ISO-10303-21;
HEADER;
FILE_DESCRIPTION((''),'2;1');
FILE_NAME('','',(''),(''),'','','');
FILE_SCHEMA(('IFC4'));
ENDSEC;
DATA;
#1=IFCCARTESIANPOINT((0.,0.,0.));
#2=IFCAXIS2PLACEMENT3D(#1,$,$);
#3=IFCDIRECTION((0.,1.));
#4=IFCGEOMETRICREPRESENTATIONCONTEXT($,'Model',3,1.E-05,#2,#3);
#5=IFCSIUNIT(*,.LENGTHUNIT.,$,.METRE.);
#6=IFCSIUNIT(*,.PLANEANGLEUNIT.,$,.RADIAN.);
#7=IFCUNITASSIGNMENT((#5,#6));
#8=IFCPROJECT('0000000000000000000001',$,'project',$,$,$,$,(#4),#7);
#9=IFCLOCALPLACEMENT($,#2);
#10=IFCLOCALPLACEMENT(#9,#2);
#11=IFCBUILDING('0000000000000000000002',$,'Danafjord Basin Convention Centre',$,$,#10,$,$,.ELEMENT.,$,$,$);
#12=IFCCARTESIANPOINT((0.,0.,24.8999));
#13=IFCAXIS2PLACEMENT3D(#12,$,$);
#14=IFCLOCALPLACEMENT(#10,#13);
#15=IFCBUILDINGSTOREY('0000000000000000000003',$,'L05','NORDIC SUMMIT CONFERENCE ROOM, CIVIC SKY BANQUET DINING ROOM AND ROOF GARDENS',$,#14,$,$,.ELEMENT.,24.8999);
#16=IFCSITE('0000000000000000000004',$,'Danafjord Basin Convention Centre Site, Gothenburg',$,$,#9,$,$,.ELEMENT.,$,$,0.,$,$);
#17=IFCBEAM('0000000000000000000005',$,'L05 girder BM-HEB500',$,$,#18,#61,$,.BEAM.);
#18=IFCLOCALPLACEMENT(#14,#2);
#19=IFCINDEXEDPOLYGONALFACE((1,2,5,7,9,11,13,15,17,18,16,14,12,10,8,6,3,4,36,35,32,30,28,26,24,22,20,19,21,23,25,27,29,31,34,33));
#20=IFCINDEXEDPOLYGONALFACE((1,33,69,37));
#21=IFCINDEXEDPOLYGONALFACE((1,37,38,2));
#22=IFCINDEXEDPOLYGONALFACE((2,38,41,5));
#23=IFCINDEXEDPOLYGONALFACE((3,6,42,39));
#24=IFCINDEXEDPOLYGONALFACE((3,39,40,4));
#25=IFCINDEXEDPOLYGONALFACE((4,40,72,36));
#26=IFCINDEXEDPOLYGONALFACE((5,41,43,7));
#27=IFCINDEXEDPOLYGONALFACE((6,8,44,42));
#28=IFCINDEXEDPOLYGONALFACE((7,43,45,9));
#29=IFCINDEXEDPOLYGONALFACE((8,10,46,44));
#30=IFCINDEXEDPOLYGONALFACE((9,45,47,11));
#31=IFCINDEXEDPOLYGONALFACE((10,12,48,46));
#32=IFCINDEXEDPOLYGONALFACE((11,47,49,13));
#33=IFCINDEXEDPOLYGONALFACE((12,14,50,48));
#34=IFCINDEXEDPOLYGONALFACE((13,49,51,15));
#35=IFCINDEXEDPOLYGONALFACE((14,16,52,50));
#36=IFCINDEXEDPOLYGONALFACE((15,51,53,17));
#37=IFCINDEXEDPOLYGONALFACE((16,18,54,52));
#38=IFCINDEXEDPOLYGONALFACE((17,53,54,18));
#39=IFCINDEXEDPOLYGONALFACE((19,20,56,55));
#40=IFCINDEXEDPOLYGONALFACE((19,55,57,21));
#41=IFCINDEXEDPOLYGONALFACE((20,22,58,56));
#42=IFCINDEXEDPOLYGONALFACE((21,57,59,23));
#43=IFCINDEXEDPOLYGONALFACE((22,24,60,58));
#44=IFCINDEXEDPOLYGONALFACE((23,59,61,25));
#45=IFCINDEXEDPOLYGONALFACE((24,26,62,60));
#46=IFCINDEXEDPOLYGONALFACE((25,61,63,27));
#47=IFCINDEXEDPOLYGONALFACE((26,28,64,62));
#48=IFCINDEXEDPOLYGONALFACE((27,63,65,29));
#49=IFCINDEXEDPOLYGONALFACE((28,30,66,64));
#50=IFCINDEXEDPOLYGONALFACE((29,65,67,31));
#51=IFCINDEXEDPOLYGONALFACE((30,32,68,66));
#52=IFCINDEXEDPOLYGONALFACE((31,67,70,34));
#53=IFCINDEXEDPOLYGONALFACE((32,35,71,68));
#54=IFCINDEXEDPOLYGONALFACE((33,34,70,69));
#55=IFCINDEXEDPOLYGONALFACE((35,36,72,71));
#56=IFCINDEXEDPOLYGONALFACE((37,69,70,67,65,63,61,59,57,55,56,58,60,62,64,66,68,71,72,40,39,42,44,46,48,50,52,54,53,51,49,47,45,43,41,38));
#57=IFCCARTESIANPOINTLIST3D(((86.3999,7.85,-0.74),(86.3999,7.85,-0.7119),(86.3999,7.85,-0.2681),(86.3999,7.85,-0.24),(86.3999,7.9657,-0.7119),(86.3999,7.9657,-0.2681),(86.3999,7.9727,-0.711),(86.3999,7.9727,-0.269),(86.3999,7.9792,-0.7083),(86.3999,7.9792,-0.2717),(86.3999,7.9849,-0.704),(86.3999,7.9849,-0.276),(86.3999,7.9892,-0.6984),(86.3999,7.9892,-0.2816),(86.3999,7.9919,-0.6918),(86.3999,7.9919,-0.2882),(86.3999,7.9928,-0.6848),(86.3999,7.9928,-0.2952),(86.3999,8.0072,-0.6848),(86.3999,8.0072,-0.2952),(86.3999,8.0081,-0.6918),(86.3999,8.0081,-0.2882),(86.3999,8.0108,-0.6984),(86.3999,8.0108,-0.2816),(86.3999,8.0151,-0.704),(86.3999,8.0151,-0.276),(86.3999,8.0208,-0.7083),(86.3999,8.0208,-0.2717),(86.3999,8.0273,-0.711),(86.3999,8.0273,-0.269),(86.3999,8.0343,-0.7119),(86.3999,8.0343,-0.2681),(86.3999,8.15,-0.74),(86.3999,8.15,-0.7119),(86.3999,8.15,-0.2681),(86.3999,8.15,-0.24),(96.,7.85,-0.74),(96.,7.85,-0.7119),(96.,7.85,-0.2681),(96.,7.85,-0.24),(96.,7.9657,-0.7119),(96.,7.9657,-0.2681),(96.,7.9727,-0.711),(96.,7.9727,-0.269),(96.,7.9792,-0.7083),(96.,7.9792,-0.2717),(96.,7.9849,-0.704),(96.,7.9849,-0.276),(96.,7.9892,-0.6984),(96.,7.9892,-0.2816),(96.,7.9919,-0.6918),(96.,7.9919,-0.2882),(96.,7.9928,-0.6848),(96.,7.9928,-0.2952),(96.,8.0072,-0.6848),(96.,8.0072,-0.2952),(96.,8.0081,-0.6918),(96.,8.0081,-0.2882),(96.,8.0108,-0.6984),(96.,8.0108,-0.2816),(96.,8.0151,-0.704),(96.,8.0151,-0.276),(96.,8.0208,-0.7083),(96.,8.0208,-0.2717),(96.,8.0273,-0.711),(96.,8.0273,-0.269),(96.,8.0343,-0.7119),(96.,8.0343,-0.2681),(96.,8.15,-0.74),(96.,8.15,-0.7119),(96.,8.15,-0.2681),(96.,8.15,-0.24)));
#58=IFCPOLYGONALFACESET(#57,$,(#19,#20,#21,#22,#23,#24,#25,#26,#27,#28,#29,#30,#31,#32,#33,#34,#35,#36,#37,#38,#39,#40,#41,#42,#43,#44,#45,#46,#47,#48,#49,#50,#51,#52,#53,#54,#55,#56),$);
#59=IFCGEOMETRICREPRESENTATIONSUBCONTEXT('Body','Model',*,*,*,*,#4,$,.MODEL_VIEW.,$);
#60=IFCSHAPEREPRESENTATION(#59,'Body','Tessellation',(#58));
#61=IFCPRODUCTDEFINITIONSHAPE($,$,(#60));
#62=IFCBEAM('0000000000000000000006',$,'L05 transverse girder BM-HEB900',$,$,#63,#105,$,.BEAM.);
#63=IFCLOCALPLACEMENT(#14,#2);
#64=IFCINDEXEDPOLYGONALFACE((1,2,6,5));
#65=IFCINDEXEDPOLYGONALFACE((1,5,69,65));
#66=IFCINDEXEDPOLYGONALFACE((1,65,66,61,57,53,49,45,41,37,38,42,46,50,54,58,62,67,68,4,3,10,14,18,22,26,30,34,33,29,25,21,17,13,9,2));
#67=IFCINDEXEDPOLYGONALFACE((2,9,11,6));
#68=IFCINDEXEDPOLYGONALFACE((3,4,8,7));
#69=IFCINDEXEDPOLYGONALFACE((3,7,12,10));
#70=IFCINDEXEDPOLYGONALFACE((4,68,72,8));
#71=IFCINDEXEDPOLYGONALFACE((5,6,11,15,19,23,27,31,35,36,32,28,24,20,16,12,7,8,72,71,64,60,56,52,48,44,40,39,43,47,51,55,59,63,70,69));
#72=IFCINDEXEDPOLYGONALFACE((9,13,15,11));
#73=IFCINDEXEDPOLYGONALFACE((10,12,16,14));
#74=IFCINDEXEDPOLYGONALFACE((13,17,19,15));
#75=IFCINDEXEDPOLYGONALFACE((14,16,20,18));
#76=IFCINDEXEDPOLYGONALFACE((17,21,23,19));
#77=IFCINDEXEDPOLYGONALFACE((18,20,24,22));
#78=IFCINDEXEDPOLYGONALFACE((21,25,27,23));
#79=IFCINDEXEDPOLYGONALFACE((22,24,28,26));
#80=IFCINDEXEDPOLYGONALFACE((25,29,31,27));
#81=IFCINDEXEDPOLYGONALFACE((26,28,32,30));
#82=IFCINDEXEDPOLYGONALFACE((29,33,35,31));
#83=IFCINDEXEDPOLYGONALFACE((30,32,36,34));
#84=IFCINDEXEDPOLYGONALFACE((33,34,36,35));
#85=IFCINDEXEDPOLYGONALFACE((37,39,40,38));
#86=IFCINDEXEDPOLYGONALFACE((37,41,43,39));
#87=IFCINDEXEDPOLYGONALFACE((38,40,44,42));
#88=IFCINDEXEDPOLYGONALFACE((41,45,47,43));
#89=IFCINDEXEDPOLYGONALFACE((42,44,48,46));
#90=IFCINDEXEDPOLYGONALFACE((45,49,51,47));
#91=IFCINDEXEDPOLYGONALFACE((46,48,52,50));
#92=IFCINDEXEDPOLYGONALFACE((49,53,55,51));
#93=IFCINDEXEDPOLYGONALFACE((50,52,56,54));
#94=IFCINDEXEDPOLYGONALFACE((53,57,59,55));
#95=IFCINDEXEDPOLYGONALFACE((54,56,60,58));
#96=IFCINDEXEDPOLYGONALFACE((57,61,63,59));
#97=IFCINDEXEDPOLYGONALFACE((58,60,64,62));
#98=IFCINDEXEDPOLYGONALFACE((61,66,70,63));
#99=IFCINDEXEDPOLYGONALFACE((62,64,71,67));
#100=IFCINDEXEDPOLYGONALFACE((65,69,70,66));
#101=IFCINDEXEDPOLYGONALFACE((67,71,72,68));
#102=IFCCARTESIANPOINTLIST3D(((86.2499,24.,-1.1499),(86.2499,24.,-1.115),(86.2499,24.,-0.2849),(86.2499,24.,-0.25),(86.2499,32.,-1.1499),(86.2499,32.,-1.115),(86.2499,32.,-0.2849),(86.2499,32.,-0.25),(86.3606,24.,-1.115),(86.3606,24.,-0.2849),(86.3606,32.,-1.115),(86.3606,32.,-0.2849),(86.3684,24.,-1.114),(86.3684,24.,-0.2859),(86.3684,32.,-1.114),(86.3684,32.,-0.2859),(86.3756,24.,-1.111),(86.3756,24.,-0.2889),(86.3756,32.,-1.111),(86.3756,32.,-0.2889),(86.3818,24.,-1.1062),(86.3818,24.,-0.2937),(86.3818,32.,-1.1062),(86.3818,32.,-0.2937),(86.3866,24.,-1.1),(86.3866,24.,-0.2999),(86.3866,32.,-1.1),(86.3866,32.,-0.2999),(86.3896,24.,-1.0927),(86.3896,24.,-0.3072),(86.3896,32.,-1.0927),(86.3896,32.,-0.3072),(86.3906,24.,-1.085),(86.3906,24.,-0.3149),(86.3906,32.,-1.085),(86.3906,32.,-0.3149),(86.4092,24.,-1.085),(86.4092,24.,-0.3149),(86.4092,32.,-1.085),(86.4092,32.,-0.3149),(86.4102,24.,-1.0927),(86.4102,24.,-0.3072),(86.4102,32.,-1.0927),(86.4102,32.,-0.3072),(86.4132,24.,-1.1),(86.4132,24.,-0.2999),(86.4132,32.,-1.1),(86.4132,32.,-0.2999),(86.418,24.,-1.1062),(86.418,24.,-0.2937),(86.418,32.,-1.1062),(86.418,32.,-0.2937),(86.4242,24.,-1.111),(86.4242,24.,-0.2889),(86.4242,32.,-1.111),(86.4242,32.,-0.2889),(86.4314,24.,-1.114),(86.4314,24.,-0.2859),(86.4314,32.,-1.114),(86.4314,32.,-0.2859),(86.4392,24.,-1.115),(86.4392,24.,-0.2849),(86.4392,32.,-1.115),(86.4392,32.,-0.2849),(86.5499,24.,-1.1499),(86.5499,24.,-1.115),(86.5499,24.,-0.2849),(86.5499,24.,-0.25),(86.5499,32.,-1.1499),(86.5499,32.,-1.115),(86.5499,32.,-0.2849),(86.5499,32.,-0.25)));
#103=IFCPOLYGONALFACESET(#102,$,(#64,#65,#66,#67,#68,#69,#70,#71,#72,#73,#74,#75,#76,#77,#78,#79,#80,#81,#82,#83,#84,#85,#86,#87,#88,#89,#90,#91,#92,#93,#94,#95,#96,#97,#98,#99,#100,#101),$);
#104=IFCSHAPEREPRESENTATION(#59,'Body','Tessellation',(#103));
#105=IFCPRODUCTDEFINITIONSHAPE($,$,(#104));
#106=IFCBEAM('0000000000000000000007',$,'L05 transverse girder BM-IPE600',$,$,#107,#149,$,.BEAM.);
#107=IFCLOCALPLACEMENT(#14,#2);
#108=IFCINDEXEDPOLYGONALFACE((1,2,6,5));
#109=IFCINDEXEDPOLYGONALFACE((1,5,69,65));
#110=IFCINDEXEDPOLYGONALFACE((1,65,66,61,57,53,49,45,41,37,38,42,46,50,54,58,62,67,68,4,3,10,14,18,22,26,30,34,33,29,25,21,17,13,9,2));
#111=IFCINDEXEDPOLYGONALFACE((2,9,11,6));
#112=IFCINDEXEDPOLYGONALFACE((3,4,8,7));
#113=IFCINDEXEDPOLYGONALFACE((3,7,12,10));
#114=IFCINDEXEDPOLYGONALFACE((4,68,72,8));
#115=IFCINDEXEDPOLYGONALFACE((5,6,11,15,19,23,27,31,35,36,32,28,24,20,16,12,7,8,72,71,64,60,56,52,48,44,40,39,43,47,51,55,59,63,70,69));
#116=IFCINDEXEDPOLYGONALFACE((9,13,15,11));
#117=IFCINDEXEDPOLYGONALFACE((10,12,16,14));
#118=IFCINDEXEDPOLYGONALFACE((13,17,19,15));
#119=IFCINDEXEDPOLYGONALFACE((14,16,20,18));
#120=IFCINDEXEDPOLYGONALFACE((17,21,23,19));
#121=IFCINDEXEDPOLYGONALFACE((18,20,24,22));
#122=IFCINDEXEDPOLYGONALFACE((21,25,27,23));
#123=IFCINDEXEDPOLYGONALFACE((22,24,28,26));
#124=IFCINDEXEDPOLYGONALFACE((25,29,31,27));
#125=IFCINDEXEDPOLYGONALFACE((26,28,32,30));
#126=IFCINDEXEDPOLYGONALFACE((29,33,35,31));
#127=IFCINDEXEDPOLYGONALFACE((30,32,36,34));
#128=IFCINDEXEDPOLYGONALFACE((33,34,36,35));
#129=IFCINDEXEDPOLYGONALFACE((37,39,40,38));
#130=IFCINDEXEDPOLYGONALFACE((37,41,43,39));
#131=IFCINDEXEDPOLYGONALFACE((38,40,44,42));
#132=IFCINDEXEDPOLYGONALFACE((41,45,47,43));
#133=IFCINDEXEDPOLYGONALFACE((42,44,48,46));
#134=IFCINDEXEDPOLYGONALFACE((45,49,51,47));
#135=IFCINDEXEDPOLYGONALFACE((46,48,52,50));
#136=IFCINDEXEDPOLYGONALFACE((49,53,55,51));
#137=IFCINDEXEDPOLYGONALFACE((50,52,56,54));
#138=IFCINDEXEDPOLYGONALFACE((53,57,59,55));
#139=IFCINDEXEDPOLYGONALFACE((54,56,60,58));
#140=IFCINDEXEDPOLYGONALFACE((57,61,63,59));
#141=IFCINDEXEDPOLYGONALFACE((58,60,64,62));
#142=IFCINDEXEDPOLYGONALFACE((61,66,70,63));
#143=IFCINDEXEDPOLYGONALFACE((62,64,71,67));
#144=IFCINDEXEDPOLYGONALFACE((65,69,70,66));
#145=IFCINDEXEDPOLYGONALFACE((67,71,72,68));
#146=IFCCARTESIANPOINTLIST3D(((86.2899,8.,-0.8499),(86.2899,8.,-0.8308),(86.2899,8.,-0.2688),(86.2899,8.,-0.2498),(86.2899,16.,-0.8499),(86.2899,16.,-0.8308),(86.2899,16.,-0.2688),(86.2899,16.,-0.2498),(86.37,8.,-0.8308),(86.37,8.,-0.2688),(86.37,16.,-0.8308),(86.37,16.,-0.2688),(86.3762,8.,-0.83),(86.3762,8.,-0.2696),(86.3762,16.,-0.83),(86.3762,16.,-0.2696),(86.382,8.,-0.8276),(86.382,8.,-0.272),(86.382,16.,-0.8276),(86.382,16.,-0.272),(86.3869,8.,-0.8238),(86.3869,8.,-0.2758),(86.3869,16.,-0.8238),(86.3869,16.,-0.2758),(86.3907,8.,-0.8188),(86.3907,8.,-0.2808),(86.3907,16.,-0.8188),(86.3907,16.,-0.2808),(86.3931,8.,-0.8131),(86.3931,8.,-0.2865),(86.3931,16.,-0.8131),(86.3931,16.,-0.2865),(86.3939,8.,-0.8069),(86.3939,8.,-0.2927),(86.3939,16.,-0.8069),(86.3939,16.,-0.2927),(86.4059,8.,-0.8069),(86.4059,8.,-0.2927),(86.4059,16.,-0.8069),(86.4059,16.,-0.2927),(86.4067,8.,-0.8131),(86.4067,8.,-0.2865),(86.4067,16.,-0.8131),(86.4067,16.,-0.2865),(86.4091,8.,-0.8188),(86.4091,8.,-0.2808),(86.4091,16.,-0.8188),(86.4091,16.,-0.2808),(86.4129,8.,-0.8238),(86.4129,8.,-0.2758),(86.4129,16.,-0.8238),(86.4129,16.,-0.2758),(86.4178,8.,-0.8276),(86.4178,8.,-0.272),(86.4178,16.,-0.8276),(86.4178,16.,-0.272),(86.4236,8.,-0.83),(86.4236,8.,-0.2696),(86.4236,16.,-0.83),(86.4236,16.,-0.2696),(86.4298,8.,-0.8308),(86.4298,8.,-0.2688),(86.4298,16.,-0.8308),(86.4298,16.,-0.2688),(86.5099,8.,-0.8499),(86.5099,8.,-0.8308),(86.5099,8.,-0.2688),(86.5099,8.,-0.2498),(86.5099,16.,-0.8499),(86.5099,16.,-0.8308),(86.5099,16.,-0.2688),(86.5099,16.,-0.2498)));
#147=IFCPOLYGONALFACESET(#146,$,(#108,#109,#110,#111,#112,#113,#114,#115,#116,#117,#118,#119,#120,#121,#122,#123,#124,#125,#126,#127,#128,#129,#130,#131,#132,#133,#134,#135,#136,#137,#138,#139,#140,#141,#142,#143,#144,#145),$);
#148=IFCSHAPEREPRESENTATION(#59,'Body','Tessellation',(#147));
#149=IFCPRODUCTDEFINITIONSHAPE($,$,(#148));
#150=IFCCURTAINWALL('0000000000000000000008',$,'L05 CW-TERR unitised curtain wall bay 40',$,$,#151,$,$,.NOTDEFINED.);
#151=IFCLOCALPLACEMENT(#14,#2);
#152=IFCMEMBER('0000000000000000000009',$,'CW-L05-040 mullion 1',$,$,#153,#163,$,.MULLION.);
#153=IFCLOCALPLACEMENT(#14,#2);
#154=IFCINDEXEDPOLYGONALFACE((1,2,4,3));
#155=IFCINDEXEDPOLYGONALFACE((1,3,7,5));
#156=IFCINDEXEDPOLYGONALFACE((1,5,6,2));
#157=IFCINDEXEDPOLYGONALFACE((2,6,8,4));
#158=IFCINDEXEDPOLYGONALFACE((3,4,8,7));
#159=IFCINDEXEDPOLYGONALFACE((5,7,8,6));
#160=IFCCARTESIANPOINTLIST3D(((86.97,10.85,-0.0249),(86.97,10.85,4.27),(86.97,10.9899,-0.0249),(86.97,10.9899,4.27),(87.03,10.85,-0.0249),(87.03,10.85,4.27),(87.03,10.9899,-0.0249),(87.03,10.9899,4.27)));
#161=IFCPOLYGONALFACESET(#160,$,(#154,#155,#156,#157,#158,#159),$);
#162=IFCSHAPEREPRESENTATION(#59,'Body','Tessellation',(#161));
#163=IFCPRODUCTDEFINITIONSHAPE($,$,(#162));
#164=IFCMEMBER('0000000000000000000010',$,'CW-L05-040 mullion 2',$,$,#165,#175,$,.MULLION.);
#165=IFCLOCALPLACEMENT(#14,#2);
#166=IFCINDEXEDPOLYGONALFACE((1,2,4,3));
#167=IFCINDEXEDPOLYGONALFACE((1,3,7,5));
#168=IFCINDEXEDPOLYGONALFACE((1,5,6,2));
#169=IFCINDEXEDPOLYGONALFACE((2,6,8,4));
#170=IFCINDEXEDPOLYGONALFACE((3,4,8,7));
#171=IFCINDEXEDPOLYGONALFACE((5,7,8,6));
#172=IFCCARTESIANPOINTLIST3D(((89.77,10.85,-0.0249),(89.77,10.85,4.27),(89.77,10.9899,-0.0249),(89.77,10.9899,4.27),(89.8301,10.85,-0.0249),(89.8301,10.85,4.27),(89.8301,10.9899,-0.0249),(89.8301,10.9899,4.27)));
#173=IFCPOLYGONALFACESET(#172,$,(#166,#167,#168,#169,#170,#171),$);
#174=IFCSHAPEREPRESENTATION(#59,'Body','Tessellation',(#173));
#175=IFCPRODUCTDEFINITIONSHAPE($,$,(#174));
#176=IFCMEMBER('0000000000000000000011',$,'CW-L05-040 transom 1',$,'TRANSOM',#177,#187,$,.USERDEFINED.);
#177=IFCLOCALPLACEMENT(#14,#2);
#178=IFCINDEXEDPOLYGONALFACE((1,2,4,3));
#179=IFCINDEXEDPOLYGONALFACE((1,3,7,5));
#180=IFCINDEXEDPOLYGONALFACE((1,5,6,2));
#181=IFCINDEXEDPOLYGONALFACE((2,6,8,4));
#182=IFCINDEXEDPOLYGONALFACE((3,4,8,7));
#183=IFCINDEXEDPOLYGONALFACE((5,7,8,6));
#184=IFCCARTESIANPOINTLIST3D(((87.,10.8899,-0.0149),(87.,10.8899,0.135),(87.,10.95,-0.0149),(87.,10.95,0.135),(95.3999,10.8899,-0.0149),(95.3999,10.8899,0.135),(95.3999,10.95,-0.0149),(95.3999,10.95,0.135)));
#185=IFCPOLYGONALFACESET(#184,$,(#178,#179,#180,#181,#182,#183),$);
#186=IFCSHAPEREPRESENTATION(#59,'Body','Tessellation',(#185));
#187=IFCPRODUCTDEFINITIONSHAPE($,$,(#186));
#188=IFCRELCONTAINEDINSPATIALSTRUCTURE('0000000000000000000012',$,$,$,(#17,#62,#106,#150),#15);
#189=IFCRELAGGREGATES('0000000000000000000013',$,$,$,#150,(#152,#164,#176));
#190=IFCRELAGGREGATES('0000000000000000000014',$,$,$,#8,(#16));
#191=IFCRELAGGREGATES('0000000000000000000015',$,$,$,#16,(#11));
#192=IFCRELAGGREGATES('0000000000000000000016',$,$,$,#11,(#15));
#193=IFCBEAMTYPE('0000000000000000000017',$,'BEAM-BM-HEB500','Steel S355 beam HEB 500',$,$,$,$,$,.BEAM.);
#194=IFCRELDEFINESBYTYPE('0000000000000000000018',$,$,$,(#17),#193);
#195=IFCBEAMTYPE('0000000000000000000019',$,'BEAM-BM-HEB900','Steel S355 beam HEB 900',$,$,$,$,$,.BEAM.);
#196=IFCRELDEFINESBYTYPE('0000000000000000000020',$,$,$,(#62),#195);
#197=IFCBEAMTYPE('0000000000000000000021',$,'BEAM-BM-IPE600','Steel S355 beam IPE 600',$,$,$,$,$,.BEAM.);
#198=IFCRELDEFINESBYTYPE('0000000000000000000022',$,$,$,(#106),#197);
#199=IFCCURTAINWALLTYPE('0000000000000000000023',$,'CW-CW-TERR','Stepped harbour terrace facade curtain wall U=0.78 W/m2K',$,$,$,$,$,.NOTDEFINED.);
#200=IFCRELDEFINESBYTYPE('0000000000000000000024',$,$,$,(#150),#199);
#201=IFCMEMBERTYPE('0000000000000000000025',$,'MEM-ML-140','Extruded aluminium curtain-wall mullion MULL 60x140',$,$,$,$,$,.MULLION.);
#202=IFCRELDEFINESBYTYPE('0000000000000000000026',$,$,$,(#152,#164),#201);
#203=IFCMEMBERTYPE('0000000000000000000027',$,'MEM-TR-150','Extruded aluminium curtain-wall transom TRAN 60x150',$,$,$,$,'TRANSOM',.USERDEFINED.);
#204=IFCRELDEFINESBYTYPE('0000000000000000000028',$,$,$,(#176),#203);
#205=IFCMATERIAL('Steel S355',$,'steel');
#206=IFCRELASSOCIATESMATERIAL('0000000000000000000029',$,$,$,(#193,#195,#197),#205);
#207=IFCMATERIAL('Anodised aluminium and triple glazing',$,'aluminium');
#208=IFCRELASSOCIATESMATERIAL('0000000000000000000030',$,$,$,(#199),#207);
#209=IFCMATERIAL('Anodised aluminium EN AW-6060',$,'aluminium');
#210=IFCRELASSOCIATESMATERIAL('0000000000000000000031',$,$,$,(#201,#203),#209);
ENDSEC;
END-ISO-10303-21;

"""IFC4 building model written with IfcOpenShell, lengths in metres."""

from ifc_helpers import new_model, si_unit, direction, frame, origin, origin_2d, place, context, subcontext, project, spatial, rectangle, i_section, extrude, material, material_profile, profile_set, type_object, element, aggregate, save


model = new_model("IFC4")

# Units and contexts
model_context = context("Model", 3, precision=1e-05, world=origin(), true_north=direction((0.0, 1.0)))
body_context = subcontext(model_context, "Body", "Model", "MODEL_VIEW")
ifc_project = project(units=[si_unit("LENGTHUNIT", "METRE"), si_unit("PLANEANGLEUNIT", "RADIAN")], contexts=[model_context])

# Site, building, storey
site_placement = place(None, origin())
site = spatial("IfcSite", under=ifc_project, at=site_placement, Name="Danafjord Basin Convention Centre Site, Gothenburg", CompositionType="ELEMENT", RefElevation=0.0)
building_placement = place(site_placement, origin())
building = spatial("IfcBuilding", under=site, at=building_placement, Name="Danafjord Basin Convention Centre", CompositionType="ELEMENT")
storey_placement = place(building_placement, frame((0.0, 0.0, 24.8999)))
storey = spatial("IfcBuildingStorey", under=building, at=storey_placement, Name="L05", Description="NORDIC SUMMIT CONFERENCE ROOM, CIVIC SKY BANQUET DINING ROOM AND ROOF GARDENS", CompositionType="ELEMENT", Elevation=24.8999)

# Shared definitions
ifc_material_1 = material(Name="Steel S355", Category="steel")

# Beams
ifc_material_profile_1 = material_profile(ifc_material_1, i_section(OverallWidth=0.3, OverallDepth=0.5, WebThickness=0.0144, FlangeThickness=0.0281, FilletRadius=0.0271, at=origin_2d()), Name="HEB 500")
ifc_profile_set_1 = profile_set([ifc_material_profile_1], Name="Steel S355")
beam_type_1 = type_object("IfcBeamType", Name="BEAM-BM-HEB500", Description="Steel S355 beam HEB 500", PredefinedType="BEAM", material=ifc_profile_set_1)
beam_1_placement = place(storey_placement, frame((86.3999, 8.0, -0.49), z_axis=(1.0, 0.0, 0.0), x_axis=(0.0, 1.0, 0.0)))
element("IfcBeam", 1, at=beam_1_placement, inside=storey, type_object=beam_type_1, Name="L05 girder BM-HEB500", PredefinedType="BEAM", context=body_context, shape_type="SweptSolid", body=[
    extrude(i_section(OverallWidth=0.3, OverallDepth=0.5, WebThickness=0.0144, FlangeThickness=0.0281, FilletRadius=0.0271, at=origin_2d()), origin(), (0.0, 0.0, 1.0), 9.6001),
])
ifc_material_profile_2 = material_profile(ifc_material_1, i_section(OverallWidth=0.3, OverallDepth=0.8999, WebThickness=0.0186, FlangeThickness=0.0349, FilletRadius=0.03, at=origin_2d()), Name="HEB 900")
ifc_profile_set_2 = profile_set([ifc_material_profile_2], Name="Steel S355")
beam_type_2 = type_object("IfcBeamType", Name="BEAM-BM-HEB900", Description="Steel S355 beam HEB 900", PredefinedType="BEAM", material=ifc_profile_set_2)
beam_2_placement = place(storey_placement, frame((86.3999, 24.0, -0.7), z_axis=(0.0, 1.0, 0.0), x_axis=(-1.0, 0.0, 0.0)))
element("IfcBeam", 2, at=beam_2_placement, inside=storey, type_object=beam_type_2, Name="L05 transverse girder BM-HEB900", PredefinedType="BEAM", context=body_context, shape_type="SweptSolid", body=[
    extrude(i_section(OverallWidth=0.3, OverallDepth=0.8999, WebThickness=0.0186, FlangeThickness=0.0349, FilletRadius=0.03, at=origin_2d()), origin(), (0.0, 0.0, 1.0), 8.0),
])
ifc_material_profile_3 = material_profile(ifc_material_1, i_section(OverallWidth=0.22, OverallDepth=0.6001, WebThickness=0.012, FlangeThickness=0.019, FilletRadius=0.0239, at=origin_2d()), Name="IPE 600")
ifc_profile_set_3 = profile_set([ifc_material_profile_3], Name="Steel S355")
beam_type_3 = type_object("IfcBeamType", Name="BEAM-BM-IPE600", Description="Steel S355 beam IPE 600", PredefinedType="BEAM", material=ifc_profile_set_3)
beam_3_placement = place(storey_placement, frame((86.3999, 8.0, -0.5498), z_axis=(0.0, 1.0, 0.0), x_axis=(-1.0, 0.0, 0.0)))
element("IfcBeam", 3, at=beam_3_placement, inside=storey, type_object=beam_type_3, Name="L05 transverse girder BM-IPE600", PredefinedType="BEAM", context=body_context, shape_type="SweptSolid", body=[
    extrude(i_section(OverallWidth=0.22, OverallDepth=0.6001, WebThickness=0.012, FlangeThickness=0.019, FilletRadius=0.0239, at=origin_2d()), origin(), (0.0, 0.0, 1.0), 8.0),
])

# Curtain wall, members
ifc_material_2 = material(Name="Anodised aluminium and triple glazing", Category="aluminium")
curtain_wall_type = type_object("IfcCurtainWallType", Name="CW-CW-TERR", Description="Stepped harbour terrace facade curtain wall U=0.78 W/m2K", PredefinedType="NOTDEFINED", material=ifc_material_2)
curtain_wall_placement = place(storey_placement, origin())
curtain_wall = element("IfcCurtainWall", 4, at=curtain_wall_placement, inside=storey, type_object=curtain_wall_type, Name="L05 CW-TERR unitised curtain wall bay 40", PredefinedType="NOTDEFINED")
ifc_material_3 = material(Name="Anodised aluminium EN AW-6060", Category="aluminium")
ifc_material_profile_4 = material_profile(ifc_material_3, rectangle(XDim=0.0601, YDim=0.1399, at=origin_2d()), Name="MULL 60x140")
ifc_profile_set_4 = profile_set([ifc_material_profile_4], Name="Anodised aluminium EN AW-6060")
member_type_1 = type_object("IfcMemberType", Name="MEM-ML-140", Description="Extruded aluminium curtain-wall mullion MULL 60x140", PredefinedType="MULLION", material=ifc_profile_set_4)
member_1_placement = place(storey_placement, frame((87.0, 10.9199, -0.0249), z_axis=(0.0, 0.0, 1.0), x_axis=(1.0, 0.0, 0.0)))
member_1 = element("IfcMember", 5, at=member_1_placement, type_object=member_type_1, Name="CW-L05-040 mullion 1", PredefinedType="MULLION", context=body_context, shape_type="SweptSolid", body=[
    extrude(rectangle(XDim=0.0601, YDim=0.1399, at=origin_2d()), origin(), (0.0, 0.0, 1.0), 4.2949),
])
member_2_placement = place(storey_placement, frame((89.8, 10.9199, -0.0249), z_axis=(0.0, 0.0, 1.0), x_axis=(1.0, 0.0, 0.0)))
member_2 = element("IfcMember", 6, at=member_2_placement, type_object=member_type_1, Name="CW-L05-040 mullion 2", PredefinedType="MULLION", context=body_context, shape_type="SweptSolid", body=[
    extrude(rectangle(XDim=0.0601, YDim=0.1399, at=origin_2d()), origin(), (0.0, 0.0, 1.0), 4.2949),
])
ifc_material_profile_5 = material_profile(ifc_material_3, rectangle(XDim=0.0601, YDim=0.1499, at=origin_2d()), Name="TRAN 60x150")
ifc_profile_set_5 = profile_set([ifc_material_profile_5], Name="Anodised aluminium EN AW-6060")
member_type_2 = type_object("IfcMemberType", Name="MEM-TR-150", Description="Extruded aluminium curtain-wall transom TRAN 60x150", ElementType="TRANSOM", PredefinedType="USERDEFINED", material=ifc_profile_set_5)
member_3_placement = place(storey_placement, frame((87.0, 10.9199, 0.0601), z_axis=(1.0, 0.0, 0.0), x_axis=(0.0, 1.0, 0.0)))
member_3 = element("IfcMember", 7, at=member_3_placement, type_object=member_type_2, Name="CW-L05-040 transom 1", ObjectType="TRANSOM", PredefinedType="USERDEFINED", context=body_context, shape_type="SweptSolid", body=[
    extrude(rectangle(XDim=0.0601, YDim=0.1499, at=origin_2d()), origin(), (0.0, 0.0, 1.0), 8.3999),
])
aggregate(curtain_wall, [member_1, member_2, member_3])

save(model, "model.ifc")
